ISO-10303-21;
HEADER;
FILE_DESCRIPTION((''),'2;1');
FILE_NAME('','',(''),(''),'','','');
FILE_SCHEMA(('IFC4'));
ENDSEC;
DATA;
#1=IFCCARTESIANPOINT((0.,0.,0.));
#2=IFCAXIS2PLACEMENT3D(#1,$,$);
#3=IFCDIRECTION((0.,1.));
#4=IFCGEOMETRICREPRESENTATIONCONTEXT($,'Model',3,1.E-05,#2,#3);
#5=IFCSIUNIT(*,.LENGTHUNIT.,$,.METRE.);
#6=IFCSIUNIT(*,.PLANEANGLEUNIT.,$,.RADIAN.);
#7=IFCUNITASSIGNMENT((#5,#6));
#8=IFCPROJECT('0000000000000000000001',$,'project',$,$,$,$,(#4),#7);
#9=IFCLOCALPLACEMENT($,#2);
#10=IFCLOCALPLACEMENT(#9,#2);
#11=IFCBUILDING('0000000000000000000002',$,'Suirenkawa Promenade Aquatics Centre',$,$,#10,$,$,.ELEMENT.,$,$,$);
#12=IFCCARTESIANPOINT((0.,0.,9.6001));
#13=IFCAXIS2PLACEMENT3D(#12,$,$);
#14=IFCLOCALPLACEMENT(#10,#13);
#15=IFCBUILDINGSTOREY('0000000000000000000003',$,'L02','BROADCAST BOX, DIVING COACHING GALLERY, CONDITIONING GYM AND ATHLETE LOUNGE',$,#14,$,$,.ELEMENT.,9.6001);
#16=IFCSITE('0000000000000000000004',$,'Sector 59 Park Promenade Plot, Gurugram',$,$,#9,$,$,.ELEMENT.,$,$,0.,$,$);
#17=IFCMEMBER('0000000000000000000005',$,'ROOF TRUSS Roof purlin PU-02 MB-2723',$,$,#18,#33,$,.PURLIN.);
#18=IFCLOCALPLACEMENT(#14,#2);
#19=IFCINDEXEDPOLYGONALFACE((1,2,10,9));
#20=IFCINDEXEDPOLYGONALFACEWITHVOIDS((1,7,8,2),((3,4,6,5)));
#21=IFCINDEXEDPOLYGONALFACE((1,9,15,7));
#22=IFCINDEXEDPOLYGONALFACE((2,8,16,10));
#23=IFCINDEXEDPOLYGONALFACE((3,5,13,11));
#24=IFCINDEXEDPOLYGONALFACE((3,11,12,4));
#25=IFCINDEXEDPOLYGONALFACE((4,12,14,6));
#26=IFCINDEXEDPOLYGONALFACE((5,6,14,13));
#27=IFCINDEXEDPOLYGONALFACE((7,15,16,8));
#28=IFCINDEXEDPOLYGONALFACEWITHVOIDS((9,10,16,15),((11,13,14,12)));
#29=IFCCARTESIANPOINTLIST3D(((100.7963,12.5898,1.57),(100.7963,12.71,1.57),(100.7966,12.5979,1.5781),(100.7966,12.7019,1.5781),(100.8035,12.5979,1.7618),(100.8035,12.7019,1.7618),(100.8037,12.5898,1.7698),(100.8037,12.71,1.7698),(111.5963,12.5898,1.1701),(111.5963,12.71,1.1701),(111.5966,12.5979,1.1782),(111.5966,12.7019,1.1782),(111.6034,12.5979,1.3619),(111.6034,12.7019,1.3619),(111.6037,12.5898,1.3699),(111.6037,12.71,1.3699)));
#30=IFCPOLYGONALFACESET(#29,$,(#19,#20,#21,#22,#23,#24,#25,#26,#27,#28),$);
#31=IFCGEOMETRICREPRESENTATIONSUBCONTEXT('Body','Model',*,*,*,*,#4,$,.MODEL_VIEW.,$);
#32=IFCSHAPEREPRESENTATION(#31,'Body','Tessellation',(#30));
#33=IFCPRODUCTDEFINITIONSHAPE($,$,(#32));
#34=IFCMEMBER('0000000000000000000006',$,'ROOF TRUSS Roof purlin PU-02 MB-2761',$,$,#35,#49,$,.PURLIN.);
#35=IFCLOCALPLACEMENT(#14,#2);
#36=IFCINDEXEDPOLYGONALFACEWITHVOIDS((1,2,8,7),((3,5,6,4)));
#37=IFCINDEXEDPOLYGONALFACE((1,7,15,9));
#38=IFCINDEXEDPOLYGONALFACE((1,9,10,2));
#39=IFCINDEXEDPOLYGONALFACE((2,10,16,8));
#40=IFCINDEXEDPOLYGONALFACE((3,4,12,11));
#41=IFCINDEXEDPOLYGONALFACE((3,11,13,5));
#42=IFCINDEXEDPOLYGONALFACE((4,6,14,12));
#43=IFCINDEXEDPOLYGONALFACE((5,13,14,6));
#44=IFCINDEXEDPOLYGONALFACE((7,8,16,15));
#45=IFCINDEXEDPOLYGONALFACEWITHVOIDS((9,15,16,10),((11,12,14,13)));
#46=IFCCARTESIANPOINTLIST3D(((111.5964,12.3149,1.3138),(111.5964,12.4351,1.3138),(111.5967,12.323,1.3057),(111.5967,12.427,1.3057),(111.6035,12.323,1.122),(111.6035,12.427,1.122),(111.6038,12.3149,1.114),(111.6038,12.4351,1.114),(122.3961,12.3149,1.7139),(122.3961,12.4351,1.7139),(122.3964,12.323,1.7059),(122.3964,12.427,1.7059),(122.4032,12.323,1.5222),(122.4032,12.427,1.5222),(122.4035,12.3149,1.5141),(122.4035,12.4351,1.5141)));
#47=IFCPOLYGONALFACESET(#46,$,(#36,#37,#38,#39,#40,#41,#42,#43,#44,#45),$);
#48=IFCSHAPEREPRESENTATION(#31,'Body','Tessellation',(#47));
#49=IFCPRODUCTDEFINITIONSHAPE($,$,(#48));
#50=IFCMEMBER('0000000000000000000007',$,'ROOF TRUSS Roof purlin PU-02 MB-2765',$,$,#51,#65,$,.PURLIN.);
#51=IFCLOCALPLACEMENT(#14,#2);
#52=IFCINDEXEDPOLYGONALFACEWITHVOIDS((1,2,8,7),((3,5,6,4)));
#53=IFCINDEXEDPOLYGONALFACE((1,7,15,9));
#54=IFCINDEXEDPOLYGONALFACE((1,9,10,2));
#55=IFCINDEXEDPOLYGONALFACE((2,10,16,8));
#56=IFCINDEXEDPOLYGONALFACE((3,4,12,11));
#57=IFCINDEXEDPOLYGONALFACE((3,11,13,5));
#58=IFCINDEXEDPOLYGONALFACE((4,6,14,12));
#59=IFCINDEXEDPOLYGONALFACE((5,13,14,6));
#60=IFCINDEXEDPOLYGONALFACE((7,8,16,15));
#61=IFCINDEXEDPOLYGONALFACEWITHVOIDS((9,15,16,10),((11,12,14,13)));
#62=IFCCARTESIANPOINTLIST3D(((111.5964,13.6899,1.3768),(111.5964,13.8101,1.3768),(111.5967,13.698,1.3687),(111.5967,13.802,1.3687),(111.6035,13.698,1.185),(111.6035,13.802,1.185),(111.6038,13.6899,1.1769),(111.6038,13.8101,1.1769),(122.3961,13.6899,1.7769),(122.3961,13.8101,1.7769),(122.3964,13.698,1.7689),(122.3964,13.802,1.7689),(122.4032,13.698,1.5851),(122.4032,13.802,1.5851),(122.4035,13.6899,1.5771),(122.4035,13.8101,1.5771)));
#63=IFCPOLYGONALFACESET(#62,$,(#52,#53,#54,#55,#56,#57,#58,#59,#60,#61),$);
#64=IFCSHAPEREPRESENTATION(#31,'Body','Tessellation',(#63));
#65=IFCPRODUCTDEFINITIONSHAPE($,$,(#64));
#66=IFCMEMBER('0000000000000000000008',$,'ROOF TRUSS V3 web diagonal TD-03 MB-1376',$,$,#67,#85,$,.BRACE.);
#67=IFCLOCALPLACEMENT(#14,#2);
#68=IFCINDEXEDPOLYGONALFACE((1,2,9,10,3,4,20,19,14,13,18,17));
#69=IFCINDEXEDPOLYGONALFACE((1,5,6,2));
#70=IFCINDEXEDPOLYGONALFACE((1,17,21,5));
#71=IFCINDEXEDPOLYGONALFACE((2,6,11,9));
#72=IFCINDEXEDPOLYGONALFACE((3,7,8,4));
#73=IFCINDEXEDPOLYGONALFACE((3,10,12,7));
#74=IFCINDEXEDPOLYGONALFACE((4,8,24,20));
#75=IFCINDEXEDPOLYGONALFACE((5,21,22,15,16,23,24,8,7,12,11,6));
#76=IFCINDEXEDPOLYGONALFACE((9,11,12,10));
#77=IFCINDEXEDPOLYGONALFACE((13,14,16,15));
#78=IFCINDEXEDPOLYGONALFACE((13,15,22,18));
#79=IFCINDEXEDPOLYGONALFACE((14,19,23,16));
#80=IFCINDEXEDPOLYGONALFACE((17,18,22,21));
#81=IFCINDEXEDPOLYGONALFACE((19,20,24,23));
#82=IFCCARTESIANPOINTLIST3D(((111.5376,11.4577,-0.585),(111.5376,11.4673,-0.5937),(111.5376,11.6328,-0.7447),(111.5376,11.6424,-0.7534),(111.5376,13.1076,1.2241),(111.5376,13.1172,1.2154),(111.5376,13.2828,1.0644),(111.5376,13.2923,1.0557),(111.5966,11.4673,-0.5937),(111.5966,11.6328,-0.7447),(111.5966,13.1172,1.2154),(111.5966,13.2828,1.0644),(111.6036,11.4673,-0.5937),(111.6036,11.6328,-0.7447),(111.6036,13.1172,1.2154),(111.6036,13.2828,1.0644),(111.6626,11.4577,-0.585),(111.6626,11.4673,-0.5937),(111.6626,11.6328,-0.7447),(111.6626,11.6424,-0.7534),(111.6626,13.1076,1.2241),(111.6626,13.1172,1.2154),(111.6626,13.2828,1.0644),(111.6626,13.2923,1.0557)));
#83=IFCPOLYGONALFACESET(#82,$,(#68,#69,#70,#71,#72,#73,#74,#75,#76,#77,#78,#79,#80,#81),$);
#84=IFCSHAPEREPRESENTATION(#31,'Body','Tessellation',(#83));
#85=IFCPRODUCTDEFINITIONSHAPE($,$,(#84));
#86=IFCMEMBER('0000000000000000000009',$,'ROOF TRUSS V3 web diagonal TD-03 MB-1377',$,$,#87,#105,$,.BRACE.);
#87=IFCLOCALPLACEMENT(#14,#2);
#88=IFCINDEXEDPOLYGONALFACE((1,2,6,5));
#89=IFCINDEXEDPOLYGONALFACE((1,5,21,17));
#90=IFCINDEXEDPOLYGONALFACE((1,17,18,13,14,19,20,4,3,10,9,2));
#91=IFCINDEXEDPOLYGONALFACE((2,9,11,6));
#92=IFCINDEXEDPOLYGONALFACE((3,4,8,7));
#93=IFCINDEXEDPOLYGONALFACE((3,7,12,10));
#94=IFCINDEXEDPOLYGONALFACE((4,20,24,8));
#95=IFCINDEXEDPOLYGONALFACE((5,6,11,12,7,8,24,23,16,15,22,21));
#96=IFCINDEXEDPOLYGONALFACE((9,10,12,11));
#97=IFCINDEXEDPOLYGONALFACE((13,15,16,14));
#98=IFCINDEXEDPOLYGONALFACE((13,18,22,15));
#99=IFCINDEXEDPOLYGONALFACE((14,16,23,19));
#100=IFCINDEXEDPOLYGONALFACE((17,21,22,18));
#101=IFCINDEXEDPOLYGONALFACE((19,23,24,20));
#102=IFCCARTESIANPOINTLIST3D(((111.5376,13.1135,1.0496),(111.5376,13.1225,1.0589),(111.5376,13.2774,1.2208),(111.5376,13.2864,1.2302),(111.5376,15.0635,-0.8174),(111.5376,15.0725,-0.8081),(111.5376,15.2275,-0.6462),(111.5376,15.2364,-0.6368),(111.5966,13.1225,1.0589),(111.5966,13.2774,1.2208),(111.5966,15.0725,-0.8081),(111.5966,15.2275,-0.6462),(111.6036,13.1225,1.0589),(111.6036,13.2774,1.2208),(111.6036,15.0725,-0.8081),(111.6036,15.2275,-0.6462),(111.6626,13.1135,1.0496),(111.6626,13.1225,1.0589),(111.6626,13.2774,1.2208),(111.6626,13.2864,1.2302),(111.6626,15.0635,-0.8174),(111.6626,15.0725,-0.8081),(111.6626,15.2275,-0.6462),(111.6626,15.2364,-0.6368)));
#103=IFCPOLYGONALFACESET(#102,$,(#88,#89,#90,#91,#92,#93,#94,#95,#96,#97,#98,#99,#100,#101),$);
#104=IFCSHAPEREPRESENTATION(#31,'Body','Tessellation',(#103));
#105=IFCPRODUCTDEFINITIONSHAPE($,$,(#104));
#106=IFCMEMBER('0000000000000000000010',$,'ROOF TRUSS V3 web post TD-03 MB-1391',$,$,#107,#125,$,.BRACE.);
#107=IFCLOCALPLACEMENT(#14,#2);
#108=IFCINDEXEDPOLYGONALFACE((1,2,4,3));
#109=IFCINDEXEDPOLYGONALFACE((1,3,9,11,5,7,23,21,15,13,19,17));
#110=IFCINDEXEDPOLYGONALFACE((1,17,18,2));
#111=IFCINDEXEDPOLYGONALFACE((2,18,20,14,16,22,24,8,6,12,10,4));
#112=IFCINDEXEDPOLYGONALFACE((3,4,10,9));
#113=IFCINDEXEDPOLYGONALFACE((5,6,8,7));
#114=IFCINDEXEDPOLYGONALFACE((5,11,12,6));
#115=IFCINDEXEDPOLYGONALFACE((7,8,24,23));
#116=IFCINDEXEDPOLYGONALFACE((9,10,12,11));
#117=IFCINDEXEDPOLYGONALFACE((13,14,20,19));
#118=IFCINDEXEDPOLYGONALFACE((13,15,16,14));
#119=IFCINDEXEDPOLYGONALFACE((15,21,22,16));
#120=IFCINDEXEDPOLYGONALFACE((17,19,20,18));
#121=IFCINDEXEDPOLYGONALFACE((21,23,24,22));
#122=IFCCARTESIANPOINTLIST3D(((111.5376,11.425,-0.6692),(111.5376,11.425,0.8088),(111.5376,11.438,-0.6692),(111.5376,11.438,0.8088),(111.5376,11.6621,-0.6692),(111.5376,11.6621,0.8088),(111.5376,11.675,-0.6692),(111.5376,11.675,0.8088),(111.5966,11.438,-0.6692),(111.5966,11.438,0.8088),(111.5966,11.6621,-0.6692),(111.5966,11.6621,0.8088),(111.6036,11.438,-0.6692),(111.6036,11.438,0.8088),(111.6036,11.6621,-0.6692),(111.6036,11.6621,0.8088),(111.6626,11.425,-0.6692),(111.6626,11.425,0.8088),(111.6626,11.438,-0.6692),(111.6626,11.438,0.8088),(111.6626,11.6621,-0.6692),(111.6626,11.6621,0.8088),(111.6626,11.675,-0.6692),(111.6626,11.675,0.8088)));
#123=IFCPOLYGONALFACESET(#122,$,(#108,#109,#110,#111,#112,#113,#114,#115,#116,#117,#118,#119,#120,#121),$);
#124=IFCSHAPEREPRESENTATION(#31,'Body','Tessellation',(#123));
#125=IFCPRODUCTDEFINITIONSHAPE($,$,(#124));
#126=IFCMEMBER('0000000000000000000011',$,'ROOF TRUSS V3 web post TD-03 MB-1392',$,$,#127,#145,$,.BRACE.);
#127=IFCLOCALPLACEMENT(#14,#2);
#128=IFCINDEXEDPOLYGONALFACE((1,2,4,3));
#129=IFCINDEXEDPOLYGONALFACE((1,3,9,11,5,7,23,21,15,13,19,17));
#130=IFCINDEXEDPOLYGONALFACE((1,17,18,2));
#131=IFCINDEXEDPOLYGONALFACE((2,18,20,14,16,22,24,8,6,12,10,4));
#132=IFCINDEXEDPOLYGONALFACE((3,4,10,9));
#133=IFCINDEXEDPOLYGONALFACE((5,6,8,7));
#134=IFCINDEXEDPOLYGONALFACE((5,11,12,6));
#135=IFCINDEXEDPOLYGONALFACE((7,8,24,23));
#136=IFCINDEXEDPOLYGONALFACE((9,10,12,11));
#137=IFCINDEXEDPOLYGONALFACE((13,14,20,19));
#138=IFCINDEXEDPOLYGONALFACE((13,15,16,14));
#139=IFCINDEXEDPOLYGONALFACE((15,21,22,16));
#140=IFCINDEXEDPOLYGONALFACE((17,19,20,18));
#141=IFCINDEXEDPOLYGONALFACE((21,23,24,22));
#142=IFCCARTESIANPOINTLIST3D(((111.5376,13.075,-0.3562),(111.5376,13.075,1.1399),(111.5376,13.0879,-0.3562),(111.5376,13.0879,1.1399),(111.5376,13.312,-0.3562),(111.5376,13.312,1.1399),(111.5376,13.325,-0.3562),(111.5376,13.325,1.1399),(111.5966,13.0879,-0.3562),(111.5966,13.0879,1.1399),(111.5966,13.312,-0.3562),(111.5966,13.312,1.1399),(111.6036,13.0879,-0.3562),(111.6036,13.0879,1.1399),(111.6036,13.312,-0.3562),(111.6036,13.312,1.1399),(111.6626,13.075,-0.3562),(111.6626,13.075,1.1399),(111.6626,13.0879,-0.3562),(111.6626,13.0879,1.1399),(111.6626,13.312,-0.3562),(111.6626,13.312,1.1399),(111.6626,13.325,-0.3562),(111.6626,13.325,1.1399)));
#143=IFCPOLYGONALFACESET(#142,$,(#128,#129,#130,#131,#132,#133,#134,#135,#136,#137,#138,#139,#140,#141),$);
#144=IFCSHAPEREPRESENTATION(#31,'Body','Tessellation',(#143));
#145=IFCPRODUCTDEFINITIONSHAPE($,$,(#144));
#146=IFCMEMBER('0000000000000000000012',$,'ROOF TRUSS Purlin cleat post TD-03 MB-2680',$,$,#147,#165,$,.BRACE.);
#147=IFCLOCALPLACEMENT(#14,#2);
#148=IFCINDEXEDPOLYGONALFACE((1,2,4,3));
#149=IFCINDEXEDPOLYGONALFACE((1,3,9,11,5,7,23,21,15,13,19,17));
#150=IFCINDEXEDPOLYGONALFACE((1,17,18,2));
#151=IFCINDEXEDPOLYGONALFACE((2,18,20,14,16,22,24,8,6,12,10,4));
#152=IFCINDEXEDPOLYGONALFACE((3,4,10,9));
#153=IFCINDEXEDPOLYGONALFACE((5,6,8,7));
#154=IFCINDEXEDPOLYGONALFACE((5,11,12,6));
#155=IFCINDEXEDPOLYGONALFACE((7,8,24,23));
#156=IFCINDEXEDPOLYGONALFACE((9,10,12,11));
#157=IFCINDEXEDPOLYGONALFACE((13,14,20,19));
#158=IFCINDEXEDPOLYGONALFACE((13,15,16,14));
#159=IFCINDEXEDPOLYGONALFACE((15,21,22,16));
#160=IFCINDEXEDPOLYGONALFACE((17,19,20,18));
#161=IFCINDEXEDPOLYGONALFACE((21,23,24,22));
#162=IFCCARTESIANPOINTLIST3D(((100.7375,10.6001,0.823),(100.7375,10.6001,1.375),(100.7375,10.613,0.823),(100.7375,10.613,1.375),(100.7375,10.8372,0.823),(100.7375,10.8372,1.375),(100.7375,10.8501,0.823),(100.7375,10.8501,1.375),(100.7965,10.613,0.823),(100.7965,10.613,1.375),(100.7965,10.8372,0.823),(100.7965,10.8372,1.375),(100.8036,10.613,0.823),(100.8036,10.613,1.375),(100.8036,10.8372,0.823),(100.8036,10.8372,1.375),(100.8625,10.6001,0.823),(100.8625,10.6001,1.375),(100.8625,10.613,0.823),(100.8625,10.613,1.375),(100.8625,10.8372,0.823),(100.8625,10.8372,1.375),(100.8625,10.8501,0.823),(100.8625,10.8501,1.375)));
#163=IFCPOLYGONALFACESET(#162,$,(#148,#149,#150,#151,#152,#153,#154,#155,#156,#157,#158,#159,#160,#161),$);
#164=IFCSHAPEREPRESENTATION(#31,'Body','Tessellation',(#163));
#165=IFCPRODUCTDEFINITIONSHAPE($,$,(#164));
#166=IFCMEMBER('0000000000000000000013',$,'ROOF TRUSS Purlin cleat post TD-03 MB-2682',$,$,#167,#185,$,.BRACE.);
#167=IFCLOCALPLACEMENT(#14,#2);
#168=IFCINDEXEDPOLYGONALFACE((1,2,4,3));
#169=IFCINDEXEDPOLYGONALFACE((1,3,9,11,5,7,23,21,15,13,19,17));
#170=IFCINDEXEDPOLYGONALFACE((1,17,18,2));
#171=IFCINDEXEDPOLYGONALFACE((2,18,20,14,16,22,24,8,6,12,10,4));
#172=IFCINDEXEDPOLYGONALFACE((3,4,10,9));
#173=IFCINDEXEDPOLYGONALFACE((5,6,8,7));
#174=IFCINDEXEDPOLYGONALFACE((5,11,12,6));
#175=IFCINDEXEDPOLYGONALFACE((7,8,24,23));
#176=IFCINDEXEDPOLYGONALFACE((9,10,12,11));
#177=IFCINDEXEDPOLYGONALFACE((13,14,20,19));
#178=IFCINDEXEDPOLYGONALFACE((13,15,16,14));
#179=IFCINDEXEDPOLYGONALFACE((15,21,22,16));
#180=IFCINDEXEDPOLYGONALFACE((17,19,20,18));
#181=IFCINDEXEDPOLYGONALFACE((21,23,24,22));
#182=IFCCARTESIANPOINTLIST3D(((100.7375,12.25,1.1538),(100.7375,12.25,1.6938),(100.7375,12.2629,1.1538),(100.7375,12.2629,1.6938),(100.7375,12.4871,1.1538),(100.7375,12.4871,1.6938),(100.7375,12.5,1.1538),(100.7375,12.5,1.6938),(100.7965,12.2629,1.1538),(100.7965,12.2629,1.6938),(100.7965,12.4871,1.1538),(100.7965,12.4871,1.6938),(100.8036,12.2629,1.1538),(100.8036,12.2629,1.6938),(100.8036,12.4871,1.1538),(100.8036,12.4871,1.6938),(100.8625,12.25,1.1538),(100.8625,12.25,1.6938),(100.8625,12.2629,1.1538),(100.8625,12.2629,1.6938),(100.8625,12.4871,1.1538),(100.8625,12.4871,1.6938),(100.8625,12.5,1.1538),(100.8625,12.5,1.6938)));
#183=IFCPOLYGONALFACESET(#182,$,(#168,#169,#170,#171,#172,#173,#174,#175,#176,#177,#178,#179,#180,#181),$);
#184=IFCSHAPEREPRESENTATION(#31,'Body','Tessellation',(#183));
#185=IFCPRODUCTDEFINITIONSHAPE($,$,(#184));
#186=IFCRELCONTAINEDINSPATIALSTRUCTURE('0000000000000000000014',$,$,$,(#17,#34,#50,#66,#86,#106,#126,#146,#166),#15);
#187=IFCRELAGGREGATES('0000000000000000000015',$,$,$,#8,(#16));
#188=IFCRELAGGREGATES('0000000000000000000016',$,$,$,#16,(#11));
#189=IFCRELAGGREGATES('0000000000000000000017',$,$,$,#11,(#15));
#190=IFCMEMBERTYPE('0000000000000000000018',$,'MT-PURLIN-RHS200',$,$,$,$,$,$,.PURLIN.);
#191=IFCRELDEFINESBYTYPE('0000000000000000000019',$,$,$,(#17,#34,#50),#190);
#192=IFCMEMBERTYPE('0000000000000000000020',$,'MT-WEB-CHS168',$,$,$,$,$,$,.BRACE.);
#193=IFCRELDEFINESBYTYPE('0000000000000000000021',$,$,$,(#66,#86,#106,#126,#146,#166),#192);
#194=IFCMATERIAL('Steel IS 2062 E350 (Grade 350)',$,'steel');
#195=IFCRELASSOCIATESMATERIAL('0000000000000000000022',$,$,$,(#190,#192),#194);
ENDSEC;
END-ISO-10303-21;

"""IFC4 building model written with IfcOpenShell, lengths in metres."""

from ifc_helpers import new_model, si_unit, direction, frame, origin, origin_2d, place, context, subcontext, project, spatial, hollow_rectangle, i_section, extrude, material, material_profile, profile_set, type_object, element, save


model = new_model("IFC4")

# Units and contexts
model_context = context("Model", 3, precision=1e-05, world=origin(), true_north=direction((0.0, 1.0)))
body_context = subcontext(model_context, "Body", "Model", "MODEL_VIEW")
ifc_project = project(units=[si_unit("LENGTHUNIT", "METRE"), si_unit("PLANEANGLEUNIT", "RADIAN")], contexts=[model_context])

# Site, building, storey
site_placement = place(None, origin())
site = spatial("IfcSite", under=ifc_project, at=site_placement, Name="Sector 59 Park Promenade Plot, Gurugram", CompositionType="ELEMENT", RefElevation=0.0)
building_placement = place(site_placement, origin())
building = spatial("IfcBuilding", under=site, at=building_placement, Name="Suirenkawa Promenade Aquatics Centre", CompositionType="ELEMENT")
storey_placement = place(building_placement, frame((0.0, 0.0, 9.6001)))
storey = spatial("IfcBuildingStorey", under=building, at=storey_placement, Name="L02", Description="BROADCAST BOX, DIVING COACHING GALLERY, CONDITIONING GYM AND ATHLETE LOUNGE", CompositionType="ELEMENT", Elevation=9.6001)

# Shared definitions
ifc_material_1 = material(Name="Steel IS 2062 E350 (Grade 350)", Category="steel")

# Members
ifc_material_profile_1 = material_profile(ifc_material_1, hollow_rectangle(XDim=0.1201, YDim=0.2, WallThickness=0.0081, at=origin_2d()), Name="RHS 200x120x8", Category="steel")
ifc_profile_set_1 = profile_set([ifc_material_profile_1], Name="Steel IS 2062 E350 (Grade 350)")
member_type_1 = type_object("IfcMemberType", Name="MT-PURLIN-RHS200", PredefinedType="PURLIN", material=ifc_profile_set_1)
for number, where, z_axis, x_axis, name in (
    (1, (100.8, 12.6499, 1.6699), (0.999315, 0.0, -0.037002), (0.0, 1.0, 0.0), "ROOF TRUSS Roof purlin PU-02 MB-2723"),
):
    element("IfcMember", number, at=place(storey_placement, frame(where, z_axis=z_axis, x_axis=x_axis)), inside=storey, type_object=member_type_1, Name=name, PredefinedType="PURLIN", context=body_context, shape_type="SweptSolid", body=[
        extrude(hollow_rectangle(XDim=0.1201, YDim=0.2, WallThickness=0.0081, at=origin_2d()), origin(), (0.0, 0.0, 1.0), 10.8074),
    ])
for number, where, z_axis, x_axis, name in (
    (2, (111.6001, 12.375, 1.2139), (0.999314, 0.0, 0.037026), (0.0, 1.0, 0.0), "ROOF TRUSS Roof purlin PU-02 MB-2761"),
    (3, (111.6001, 13.75, 1.2769), (0.999314, 0.0, 0.037026), (0.0, 1.0, 0.0), "ROOF TRUSS Roof purlin PU-02 MB-2765"),
):
    element("IfcMember", number, at=place(storey_placement, frame(where, z_axis=z_axis, x_axis=x_axis)), inside=storey, type_object=member_type_1, Name=name, PredefinedType="PURLIN", context=body_context, shape_type="SweptSolid", body=[
        extrude(hollow_rectangle(XDim=0.1201, YDim=0.2, WallThickness=0.0081, at=origin_2d()), origin(), (0.0, 0.0, 1.0), 10.8071),
    ])
ifc_material_profile_2 = material_profile(ifc_material_1, i_section(OverallWidth=0.125, OverallDepth=0.25, WebThickness=0.0071, FlangeThickness=0.0129, at=origin_2d()), Name="ISMB 250", Category="steel")
ifc_profile_set_2 = profile_set([ifc_material_profile_2], Name="Steel IS 2062 E350 (Grade 350)")
member_type_2 = type_object("IfcMemberType", Name="MT-WEB-CHS168", PredefinedType="BRACE", material=ifc_profile_set_2)
member_1_placement = place(storey_placement, frame((111.6001, 11.55, -0.6692), z_axis=(0.0, 0.673853, 0.738865), x_axis=(-1.0, 0.0, 0.0)))
element("IfcMember", 4, at=member_1_placement, inside=storey, type_object=member_type_2, Name="ROOF TRUSS V3 web diagonal TD-03 MB-1376", PredefinedType="BRACE", context=body_context, shape_type="SweptSolid", body=[
    extrude(i_section(OverallWidth=0.125, OverallDepth=0.25, WebThickness=0.0071, FlangeThickness=0.0129, at=origin_2d()), origin(), (0.0, 0.0, 1.0), 2.4485),
])
member_2_placement = place(storey_placement, frame((111.6001, 13.2, 1.1399), z_axis=(0.0, 0.722314, -0.691565), x_axis=(-1.0, 0.0, 0.0)))
element("IfcMember", 5, at=member_2_placement, inside=storey, type_object=member_type_2, Name="ROOF TRUSS V3 web diagonal TD-03 MB-1377", PredefinedType="BRACE", context=body_context, shape_type="SweptSolid", body=[
    extrude(i_section(OverallWidth=0.125, OverallDepth=0.25, WebThickness=0.0071, FlangeThickness=0.0129, at=origin_2d()), origin(), (0.0, 0.0, 1.0), 2.6997),
])
member_3_placement = place(storey_placement, frame((111.6001, 11.55, -0.6692), z_axis=(0.0, 0.0, 1.0), x_axis=(1.0, 0.0, 0.0)))
element("IfcMember", 6, at=member_3_placement, inside=storey, type_object=member_type_2, Name="ROOF TRUSS V3 web post TD-03 MB-1391", PredefinedType="BRACE", context=body_context, shape_type="SweptSolid", body=[
    extrude(i_section(OverallWidth=0.125, OverallDepth=0.25, WebThickness=0.0071, FlangeThickness=0.0129, at=origin_2d()), origin(), (0.0, 0.0, 1.0), 1.478),
])
member_4_placement = place(storey_placement, frame((111.6001, 13.2, -0.3562), z_axis=(0.0, 0.0, 1.0), x_axis=(1.0, 0.0, 0.0)))
element("IfcMember", 7, at=member_4_placement, inside=storey, type_object=member_type_2, Name="ROOF TRUSS V3 web post TD-03 MB-1392", PredefinedType="BRACE", context=body_context, shape_type="SweptSolid", body=[
    extrude(i_section(OverallWidth=0.125, OverallDepth=0.25, WebThickness=0.0071, FlangeThickness=0.0129, at=origin_2d()), origin(), (0.0, 0.0, 1.0), 1.4961),
])
member_5_placement = place(storey_placement, frame((100.8, 10.7251, 0.823), z_axis=(0.0, 0.0, 1.0), x_axis=(1.0, 0.0, 0.0)))
element("IfcMember", 8, at=member_5_placement, inside=storey, type_object=member_type_2, Name="ROOF TRUSS Purlin cleat post TD-03 MB-2680", PredefinedType="BRACE", context=body_context, shape_type="SweptSolid", body=[
    extrude(i_section(OverallWidth=0.125, OverallDepth=0.25, WebThickness=0.0071, FlangeThickness=0.0129, at=origin_2d()), origin(), (0.0, 0.0, 1.0), 0.552),
])
member_6_placement = place(storey_placement, frame((100.8, 12.375, 1.1538), z_axis=(0.0, 0.0, 1.0), x_axis=(1.0, 0.0, 0.0)))
element("IfcMember", 9, at=member_6_placement, inside=storey, type_object=member_type_2, Name="ROOF TRUSS Purlin cleat post TD-03 MB-2682", PredefinedType="BRACE", context=body_context, shape_type="SweptSolid", body=[
    extrude(i_section(OverallWidth=0.125, OverallDepth=0.25, WebThickness=0.0071, FlangeThickness=0.0129, at=origin_2d()), origin(), (0.0, 0.0, 1.0), 0.54),
])

save(model, "model.ifc")
